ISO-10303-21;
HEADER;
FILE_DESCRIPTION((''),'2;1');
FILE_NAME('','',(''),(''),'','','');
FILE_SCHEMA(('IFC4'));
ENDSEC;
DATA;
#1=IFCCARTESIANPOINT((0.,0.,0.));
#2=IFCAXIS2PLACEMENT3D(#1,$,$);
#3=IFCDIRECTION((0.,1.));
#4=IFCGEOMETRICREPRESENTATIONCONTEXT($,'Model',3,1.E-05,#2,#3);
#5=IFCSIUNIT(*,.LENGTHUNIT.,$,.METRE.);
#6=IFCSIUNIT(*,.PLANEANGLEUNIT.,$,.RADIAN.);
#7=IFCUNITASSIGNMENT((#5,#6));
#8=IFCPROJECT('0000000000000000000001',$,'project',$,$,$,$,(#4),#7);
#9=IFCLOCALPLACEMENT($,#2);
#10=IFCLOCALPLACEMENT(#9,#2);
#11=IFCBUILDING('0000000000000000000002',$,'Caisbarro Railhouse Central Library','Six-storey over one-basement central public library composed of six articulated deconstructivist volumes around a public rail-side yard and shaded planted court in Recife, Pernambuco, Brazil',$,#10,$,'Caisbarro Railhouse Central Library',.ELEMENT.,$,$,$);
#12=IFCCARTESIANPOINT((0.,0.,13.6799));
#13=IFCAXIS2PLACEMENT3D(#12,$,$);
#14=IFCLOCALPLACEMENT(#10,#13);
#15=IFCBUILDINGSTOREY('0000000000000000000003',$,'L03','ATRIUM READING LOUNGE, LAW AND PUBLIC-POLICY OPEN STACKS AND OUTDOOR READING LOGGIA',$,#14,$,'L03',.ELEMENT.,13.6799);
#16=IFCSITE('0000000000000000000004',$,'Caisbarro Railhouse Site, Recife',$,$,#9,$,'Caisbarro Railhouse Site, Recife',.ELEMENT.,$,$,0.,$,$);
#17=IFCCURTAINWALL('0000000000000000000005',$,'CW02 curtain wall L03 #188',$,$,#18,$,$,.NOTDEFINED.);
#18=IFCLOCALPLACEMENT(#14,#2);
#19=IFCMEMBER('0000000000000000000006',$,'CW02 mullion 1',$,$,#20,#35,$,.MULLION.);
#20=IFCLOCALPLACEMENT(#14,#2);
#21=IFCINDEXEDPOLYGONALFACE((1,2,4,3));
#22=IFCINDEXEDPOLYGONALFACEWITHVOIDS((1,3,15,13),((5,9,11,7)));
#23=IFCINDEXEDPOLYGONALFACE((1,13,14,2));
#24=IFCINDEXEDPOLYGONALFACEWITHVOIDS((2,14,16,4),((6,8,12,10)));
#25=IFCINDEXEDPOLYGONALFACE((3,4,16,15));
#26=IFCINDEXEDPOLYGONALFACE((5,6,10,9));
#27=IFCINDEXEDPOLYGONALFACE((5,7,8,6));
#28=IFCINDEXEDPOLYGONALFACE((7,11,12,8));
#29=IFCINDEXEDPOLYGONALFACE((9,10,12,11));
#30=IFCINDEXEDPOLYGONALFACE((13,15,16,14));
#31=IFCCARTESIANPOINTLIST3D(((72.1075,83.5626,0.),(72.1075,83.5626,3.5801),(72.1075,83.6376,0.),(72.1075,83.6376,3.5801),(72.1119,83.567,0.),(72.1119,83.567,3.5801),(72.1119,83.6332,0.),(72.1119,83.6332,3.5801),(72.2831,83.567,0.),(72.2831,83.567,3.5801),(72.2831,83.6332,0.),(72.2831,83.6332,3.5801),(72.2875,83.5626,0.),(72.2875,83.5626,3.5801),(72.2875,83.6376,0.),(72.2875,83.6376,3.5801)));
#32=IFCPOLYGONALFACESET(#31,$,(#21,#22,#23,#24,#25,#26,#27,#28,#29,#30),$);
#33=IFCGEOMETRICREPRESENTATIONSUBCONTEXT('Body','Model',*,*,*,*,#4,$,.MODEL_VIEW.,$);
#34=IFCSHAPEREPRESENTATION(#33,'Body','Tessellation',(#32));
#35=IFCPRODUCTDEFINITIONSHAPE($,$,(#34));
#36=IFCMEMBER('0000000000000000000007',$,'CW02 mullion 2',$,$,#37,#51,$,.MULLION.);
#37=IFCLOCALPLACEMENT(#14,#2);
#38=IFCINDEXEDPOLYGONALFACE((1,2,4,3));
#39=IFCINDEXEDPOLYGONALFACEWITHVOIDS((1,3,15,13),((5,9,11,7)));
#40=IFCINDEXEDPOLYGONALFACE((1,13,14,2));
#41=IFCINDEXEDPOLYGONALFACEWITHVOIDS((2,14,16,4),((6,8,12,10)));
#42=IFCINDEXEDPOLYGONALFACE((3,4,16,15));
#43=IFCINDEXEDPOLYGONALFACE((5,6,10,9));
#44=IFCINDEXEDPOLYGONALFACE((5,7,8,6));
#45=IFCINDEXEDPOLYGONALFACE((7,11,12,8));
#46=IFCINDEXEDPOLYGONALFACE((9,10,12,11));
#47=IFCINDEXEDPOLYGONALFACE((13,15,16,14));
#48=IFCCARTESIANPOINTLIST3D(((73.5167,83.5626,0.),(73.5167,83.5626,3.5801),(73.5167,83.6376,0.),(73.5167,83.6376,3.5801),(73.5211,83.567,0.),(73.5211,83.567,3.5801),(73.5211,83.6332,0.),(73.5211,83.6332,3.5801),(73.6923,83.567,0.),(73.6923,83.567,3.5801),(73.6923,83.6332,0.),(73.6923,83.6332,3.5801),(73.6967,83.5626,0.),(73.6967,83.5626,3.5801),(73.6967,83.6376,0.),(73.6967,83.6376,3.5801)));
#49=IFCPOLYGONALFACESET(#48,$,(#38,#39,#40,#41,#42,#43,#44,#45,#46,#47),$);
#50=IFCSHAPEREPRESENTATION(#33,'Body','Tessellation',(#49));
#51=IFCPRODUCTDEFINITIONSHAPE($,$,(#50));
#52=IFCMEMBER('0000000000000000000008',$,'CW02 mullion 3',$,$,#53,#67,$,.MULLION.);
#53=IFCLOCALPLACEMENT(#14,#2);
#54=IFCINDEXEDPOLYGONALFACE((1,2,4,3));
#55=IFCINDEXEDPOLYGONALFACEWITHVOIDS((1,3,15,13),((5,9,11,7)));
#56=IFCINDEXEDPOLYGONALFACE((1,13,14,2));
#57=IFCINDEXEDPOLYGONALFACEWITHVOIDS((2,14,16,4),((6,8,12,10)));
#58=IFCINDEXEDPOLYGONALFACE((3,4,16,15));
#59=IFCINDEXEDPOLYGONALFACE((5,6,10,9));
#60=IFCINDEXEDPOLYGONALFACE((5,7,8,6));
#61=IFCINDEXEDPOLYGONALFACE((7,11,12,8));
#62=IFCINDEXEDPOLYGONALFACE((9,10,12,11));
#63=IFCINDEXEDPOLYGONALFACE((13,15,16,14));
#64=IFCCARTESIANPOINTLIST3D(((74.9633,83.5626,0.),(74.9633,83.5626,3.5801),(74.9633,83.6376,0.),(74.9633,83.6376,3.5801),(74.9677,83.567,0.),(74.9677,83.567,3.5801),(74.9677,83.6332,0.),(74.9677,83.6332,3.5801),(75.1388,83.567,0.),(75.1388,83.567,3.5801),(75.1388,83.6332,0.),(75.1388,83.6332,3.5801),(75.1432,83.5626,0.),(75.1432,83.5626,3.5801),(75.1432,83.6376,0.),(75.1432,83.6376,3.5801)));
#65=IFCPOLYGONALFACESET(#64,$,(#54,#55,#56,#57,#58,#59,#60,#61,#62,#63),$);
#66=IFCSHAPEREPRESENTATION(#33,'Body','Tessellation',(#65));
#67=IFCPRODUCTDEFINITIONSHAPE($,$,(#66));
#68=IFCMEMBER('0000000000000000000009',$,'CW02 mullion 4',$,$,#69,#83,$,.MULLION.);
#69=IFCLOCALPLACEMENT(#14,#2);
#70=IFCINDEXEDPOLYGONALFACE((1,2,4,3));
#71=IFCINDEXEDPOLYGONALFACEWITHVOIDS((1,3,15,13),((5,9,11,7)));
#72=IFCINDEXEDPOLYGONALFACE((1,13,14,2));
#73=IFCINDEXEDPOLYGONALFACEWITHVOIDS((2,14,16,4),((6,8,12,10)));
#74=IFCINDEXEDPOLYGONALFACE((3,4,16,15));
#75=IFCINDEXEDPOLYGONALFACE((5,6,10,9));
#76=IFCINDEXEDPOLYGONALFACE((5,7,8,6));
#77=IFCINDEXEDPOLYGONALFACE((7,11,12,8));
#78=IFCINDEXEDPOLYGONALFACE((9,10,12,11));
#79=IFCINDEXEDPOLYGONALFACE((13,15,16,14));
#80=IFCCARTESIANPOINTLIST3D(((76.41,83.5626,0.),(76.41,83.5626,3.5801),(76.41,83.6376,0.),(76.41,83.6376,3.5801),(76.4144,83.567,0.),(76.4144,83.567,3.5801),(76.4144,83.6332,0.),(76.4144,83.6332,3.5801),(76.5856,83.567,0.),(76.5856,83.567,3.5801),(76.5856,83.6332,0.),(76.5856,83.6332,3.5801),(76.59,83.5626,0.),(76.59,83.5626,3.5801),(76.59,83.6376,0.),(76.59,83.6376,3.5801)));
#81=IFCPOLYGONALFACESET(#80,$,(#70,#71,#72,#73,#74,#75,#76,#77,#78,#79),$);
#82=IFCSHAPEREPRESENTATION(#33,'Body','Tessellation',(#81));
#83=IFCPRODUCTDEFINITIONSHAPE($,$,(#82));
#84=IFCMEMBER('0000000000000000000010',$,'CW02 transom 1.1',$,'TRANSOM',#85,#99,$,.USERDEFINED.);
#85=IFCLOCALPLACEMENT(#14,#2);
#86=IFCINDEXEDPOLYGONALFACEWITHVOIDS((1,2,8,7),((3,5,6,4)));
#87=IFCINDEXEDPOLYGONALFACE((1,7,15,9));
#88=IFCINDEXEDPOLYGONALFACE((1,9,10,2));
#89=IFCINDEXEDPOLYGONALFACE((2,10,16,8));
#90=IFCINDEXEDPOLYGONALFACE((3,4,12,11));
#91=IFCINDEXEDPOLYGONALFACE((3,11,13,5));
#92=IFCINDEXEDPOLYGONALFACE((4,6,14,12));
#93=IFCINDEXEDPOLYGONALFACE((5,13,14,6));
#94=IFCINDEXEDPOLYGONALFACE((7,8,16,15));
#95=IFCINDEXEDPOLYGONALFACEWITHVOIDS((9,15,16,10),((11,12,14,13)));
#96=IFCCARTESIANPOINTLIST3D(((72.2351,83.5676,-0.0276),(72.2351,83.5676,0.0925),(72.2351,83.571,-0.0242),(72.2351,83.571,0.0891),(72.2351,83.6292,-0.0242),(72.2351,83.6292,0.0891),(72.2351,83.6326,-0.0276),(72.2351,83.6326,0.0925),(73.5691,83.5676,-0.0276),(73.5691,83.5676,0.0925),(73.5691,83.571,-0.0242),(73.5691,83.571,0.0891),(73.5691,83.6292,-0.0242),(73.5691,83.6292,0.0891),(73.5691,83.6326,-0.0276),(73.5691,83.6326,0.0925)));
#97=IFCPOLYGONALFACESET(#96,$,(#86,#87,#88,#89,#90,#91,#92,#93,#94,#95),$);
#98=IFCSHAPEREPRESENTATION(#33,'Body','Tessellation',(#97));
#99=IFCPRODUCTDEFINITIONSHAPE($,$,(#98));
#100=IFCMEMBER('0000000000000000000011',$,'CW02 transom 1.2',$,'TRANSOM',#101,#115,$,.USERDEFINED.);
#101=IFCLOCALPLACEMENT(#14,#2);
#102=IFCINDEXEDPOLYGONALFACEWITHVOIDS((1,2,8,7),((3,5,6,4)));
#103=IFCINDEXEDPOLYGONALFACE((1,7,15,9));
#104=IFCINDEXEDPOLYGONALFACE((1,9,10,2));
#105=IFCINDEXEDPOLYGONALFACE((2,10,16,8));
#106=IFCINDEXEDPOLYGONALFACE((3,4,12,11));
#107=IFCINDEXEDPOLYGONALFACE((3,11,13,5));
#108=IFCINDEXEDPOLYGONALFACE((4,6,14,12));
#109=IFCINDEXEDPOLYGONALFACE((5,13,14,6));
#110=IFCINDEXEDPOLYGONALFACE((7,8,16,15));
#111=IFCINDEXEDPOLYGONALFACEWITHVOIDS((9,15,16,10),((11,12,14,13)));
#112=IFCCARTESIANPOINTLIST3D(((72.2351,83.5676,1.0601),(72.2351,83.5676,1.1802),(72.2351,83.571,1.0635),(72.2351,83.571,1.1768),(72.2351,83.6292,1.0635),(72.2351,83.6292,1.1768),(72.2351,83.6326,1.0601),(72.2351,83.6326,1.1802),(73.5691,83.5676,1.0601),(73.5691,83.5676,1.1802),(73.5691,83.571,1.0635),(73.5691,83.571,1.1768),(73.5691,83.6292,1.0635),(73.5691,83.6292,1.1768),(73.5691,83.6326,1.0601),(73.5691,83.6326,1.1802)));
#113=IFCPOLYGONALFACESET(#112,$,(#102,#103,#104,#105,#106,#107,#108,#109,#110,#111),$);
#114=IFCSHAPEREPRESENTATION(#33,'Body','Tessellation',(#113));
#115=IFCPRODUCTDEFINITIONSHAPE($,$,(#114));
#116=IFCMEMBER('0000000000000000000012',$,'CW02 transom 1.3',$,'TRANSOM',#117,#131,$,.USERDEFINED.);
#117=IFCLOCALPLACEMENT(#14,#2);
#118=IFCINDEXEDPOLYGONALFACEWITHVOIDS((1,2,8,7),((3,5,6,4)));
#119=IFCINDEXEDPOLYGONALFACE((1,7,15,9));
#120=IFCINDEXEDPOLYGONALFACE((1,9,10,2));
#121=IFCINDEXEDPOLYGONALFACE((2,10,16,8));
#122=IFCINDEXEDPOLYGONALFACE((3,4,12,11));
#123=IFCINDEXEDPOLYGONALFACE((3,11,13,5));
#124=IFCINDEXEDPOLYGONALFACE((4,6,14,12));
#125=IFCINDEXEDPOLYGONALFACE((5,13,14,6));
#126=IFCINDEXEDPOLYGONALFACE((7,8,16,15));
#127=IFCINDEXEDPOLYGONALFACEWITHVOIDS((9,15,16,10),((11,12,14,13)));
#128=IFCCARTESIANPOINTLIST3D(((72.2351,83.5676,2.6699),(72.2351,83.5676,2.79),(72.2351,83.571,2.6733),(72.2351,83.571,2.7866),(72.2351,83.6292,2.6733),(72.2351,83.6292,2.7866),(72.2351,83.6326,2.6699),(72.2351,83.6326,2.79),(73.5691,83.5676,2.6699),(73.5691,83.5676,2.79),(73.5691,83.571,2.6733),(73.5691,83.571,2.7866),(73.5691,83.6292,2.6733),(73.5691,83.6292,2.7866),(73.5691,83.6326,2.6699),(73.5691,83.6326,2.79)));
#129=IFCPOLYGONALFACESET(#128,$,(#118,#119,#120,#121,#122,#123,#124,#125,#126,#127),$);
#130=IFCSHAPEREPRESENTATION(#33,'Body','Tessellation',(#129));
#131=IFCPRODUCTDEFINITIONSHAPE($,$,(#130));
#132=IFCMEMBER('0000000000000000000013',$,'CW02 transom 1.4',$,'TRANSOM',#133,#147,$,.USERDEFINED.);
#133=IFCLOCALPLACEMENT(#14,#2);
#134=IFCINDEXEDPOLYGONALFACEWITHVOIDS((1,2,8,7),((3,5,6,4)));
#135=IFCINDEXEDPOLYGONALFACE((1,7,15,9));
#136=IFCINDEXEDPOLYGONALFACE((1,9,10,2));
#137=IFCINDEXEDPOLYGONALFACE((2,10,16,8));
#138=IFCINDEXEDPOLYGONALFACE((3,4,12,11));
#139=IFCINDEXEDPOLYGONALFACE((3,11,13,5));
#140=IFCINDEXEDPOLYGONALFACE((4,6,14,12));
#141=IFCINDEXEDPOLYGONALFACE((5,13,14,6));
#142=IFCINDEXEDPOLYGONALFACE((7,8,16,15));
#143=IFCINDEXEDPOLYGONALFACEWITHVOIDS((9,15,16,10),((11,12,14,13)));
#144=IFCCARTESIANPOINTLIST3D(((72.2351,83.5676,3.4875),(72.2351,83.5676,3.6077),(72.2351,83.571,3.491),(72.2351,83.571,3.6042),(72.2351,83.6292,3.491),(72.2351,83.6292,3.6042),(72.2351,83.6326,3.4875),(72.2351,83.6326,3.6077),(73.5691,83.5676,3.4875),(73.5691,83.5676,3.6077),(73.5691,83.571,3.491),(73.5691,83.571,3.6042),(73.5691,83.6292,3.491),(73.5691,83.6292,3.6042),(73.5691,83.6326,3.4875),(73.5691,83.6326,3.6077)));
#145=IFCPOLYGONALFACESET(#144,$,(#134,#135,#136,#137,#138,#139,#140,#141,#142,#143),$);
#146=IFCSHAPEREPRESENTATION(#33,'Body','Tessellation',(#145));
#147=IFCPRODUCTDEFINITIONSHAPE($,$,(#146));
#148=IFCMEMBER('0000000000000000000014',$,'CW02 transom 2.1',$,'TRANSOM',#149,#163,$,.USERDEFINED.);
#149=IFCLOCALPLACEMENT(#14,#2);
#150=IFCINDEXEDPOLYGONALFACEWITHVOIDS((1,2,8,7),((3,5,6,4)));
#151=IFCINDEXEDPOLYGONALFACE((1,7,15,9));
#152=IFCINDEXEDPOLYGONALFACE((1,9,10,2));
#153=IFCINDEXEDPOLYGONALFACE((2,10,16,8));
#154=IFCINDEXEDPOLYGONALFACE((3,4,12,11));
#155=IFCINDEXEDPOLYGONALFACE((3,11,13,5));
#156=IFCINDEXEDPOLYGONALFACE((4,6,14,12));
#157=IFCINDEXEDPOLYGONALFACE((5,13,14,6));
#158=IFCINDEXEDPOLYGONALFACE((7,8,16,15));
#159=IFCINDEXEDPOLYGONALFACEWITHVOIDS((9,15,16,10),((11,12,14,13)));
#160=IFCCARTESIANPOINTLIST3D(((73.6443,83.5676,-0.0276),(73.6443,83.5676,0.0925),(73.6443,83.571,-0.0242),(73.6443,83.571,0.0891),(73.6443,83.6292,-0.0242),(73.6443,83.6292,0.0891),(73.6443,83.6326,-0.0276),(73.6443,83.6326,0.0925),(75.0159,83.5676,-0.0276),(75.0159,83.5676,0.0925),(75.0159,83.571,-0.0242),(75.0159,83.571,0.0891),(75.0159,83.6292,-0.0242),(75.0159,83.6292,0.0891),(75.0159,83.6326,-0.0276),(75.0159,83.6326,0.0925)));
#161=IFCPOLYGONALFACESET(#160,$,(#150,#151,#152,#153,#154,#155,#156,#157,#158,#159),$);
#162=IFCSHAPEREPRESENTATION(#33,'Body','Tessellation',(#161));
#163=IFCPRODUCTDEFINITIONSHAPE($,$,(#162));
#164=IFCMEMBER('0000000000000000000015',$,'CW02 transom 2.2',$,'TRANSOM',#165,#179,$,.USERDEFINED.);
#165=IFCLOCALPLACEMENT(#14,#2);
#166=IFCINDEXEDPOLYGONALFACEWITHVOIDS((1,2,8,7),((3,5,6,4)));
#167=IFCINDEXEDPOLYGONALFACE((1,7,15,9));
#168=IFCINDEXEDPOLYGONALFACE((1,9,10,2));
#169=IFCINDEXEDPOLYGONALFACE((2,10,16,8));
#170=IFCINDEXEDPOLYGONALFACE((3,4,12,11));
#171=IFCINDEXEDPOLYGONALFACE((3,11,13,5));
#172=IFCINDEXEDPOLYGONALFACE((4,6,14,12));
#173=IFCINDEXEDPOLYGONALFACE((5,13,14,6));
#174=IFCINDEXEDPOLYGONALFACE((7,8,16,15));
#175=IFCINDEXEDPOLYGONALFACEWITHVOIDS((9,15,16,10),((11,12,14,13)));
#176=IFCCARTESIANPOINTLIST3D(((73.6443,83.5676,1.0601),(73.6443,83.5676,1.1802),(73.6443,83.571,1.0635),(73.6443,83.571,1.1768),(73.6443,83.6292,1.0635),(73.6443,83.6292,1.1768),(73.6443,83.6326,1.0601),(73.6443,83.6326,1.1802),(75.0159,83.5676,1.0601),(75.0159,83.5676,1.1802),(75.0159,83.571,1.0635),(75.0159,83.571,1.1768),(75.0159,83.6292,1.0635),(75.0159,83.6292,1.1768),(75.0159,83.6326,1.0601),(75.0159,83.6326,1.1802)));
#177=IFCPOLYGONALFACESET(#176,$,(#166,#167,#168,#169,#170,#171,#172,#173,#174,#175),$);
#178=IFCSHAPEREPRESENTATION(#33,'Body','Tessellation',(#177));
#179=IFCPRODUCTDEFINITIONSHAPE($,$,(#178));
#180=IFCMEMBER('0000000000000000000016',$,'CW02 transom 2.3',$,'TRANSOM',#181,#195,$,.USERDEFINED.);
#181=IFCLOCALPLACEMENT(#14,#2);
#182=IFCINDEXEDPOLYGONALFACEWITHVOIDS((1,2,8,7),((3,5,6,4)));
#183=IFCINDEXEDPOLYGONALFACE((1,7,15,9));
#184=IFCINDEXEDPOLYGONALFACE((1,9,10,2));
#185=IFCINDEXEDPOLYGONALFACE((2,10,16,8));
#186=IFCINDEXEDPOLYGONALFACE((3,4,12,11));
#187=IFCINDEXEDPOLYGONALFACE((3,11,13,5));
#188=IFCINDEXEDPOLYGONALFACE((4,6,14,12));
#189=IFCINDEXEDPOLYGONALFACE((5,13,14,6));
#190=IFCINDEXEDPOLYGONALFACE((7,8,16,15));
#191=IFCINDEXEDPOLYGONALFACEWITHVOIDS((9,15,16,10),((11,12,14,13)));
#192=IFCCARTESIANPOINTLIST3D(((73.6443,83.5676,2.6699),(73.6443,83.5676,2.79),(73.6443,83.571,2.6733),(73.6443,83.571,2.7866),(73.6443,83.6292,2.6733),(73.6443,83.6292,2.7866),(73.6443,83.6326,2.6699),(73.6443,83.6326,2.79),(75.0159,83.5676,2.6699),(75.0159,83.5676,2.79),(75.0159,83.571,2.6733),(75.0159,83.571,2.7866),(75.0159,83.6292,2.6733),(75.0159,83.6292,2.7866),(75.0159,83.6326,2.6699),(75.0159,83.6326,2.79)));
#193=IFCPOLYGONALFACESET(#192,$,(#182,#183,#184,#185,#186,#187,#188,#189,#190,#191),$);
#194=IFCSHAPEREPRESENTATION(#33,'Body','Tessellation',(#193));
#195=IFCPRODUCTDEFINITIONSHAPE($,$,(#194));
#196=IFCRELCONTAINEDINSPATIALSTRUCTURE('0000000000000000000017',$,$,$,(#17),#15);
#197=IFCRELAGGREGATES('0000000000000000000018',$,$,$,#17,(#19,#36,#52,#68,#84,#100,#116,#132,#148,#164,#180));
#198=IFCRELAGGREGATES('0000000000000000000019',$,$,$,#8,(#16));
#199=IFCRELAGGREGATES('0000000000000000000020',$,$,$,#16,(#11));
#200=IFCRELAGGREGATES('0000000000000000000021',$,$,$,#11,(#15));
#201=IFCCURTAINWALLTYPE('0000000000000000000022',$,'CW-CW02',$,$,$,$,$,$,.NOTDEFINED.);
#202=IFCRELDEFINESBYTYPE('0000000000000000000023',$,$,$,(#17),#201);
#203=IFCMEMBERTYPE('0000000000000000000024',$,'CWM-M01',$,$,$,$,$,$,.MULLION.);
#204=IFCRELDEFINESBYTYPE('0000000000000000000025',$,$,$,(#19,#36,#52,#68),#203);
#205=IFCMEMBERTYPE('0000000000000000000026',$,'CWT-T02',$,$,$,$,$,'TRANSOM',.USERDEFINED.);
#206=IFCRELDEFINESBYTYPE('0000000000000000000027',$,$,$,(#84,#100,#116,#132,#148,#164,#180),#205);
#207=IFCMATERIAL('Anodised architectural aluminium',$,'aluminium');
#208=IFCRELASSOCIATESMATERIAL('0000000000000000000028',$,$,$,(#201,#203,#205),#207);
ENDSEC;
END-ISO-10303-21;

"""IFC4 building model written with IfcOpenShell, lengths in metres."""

from ifc_helpers import new_model, si_unit, direction, frame, origin, origin_2d, place, context, subcontext, project, spatial, hollow_rectangle, extrude, material, material_profile, profile_set, type_object, element, aggregate, save


model = new_model("IFC4")

# Units and contexts
model_context = context("Model", 3, precision=1e-05, world=origin(), true_north=direction((0.0, 1.0)))
body_context = subcontext(model_context, "Body", "Model", "MODEL_VIEW")
ifc_project = project(units=[si_unit("LENGTHUNIT", "METRE"), si_unit("PLANEANGLEUNIT", "RADIAN")], contexts=[model_context])

# Site, building, storey
site_placement = place(None, origin())
site = spatial("IfcSite", under=ifc_project, at=site_placement, Name="Caisbarro Railhouse Site, Recife", LongName="Caisbarro Railhouse Site, Recife", CompositionType="ELEMENT", RefElevation=0.0)
building_placement = place(site_placement, origin())
building = spatial("IfcBuilding", under=site, at=building_placement, Name="Caisbarro Railhouse Central Library", Description="Six-storey over one-basement central public library composed of six articulated deconstructivist volumes around a public rail-side yard and shaded planted court in Recife, Pernambuco, Brazil", LongName="Caisbarro Railhouse Central Library", CompositionType="ELEMENT")
storey_placement = place(building_placement, frame((0.0, 0.0, 13.6799)))
storey = spatial("IfcBuildingStorey", under=building, at=storey_placement, Name="L03", Description="ATRIUM READING LOUNGE, LAW AND PUBLIC-POLICY OPEN STACKS AND OUTDOOR READING LOGGIA", LongName="L03", CompositionType="ELEMENT", Elevation=13.6799)

# Curtain wall, members
ifc_material_1 = material(Name="Anodised architectural aluminium", Category="aluminium")
curtain_wall_type = type_object("IfcCurtainWallType", Name="CW-CW02", PredefinedType="NOTDEFINED", material=ifc_material_1)
curtain_wall_placement = place(storey_placement, origin())
curtain_wall = element("IfcCurtainWall", 1, at=curtain_wall_placement, inside=storey, type_object=curtain_wall_type, Name="CW02 curtain wall L03 #188", PredefinedType="NOTDEFINED")
ifc_material_profile_1 = material_profile(ifc_material_1, hollow_rectangle(XDim=0.075, YDim=0.1799, WallThickness=0.0044, at=origin_2d()), Name="ALU-MUL-75X180")
ifc_profile_set_1 = profile_set([ifc_material_profile_1], Name="Anodised architectural aluminium")
member_type_1 = type_object("IfcMemberType", Name="CWM-M01", PredefinedType="MULLION", material=ifc_profile_set_1)
member_1_placement = place(storey_placement, frame((72.1975, 83.6001, 0.0), z_axis=(0.0, 0.0, 1.0), x_axis=(0.0, 1.0, 0.0)))
member_1 = element("IfcMember", 2, at=member_1_placement, type_object=member_type_1, Name="CW02 mullion 1", PredefinedType="MULLION", context=body_context, shape_type="SweptSolid", body=[
    extrude(hollow_rectangle(XDim=0.075, YDim=0.1799, WallThickness=0.0044, at=origin_2d()), origin(), (0.0, 0.0, 1.0), 3.5801),
])
member_2_placement = place(storey_placement, frame((73.6067, 83.6001, 0.0), z_axis=(0.0, 0.0, 1.0), x_axis=(0.0, 1.0, 0.0)))
member_2 = element("IfcMember", 3, at=member_2_placement, type_object=member_type_1, Name="CW02 mullion 2", PredefinedType="MULLION", context=body_context, shape_type="SweptSolid", body=[
    extrude(hollow_rectangle(XDim=0.075, YDim=0.1799, WallThickness=0.0044, at=origin_2d()), origin(), (0.0, 0.0, 1.0), 3.5801),
])
member_3_placement = place(storey_placement, frame((75.0532, 83.6001, 0.0), z_axis=(0.0, 0.0, 1.0), x_axis=(0.0, 1.0, 0.0)))
member_3 = element("IfcMember", 4, at=member_3_placement, type_object=member_type_1, Name="CW02 mullion 3", PredefinedType="MULLION", context=body_context, shape_type="SweptSolid", body=[
    extrude(hollow_rectangle(XDim=0.075, YDim=0.1799, WallThickness=0.0044, at=origin_2d()), origin(), (0.0, 0.0, 1.0), 3.5801),
])
member_4_placement = place(storey_placement, frame((76.5, 83.6001, 0.0), z_axis=(0.0, 0.0, 1.0), x_axis=(0.0, 1.0, 0.0)))
member_4 = element("IfcMember", 5, at=member_4_placement, type_object=member_type_1, Name="CW02 mullion 4", PredefinedType="MULLION", context=body_context, shape_type="SweptSolid", body=[
    extrude(hollow_rectangle(XDim=0.075, YDim=0.1799, WallThickness=0.0044, at=origin_2d()), origin(), (0.0, 0.0, 1.0), 3.5801),
])
ifc_material_profile_2 = material_profile(ifc_material_1, hollow_rectangle(XDim=0.0649, YDim=0.1201, WallThickness=0.0034, at=origin_2d()), Name="ALU-TRN-65X120")
ifc_profile_set_2 = profile_set([ifc_material_profile_2], Name="Anodised architectural aluminium")
member_type_2 = type_object("IfcMemberType", Name="CWT-T02", ElementType="TRANSOM", PredefinedType="USERDEFINED", material=ifc_profile_set_2)
member_5_placement = place(storey_placement, frame((72.2351, 83.6001, 0.0325), z_axis=(1.0, 0.0, 0.0), x_axis=(0.0, 1.0, 0.0)))
member_5 = element("IfcMember", 6, at=member_5_placement, type_object=member_type_2, Name="CW02 transom 1.1", ObjectType="TRANSOM", PredefinedType="USERDEFINED", context=body_context, shape_type="SweptSolid", body=[
    extrude(hollow_rectangle(XDim=0.0649, YDim=0.1201, WallThickness=0.0034, at=origin_2d()), origin(), (0.0, 0.0, 1.0), 1.334),
])
member_6_placement = place(storey_placement, frame((72.2351, 83.6001, 1.1201), z_axis=(1.0, 0.0, 0.0), x_axis=(0.0, 1.0, 0.0)))
member_6 = element("IfcMember", 7, at=member_6_placement, type_object=member_type_2, Name="CW02 transom 1.2", ObjectType="TRANSOM", PredefinedType="USERDEFINED", context=body_context, shape_type="SweptSolid", body=[
    extrude(hollow_rectangle(XDim=0.0649, YDim=0.1201, WallThickness=0.0034, at=origin_2d()), origin(), (0.0, 0.0, 1.0), 1.334),
])
member_7_placement = place(storey_placement, frame((72.2351, 83.6001, 2.73), z_axis=(1.0, 0.0, 0.0), x_axis=(0.0, 1.0, 0.0)))
member_7 = element("IfcMember", 8, at=member_7_placement, type_object=member_type_2, Name="CW02 transom 1.3", ObjectType="TRANSOM", PredefinedType="USERDEFINED", context=body_context, shape_type="SweptSolid", body=[
    extrude(hollow_rectangle(XDim=0.0649, YDim=0.1201, WallThickness=0.0034, at=origin_2d()), origin(), (0.0, 0.0, 1.0), 1.334),
])
member_8_placement = place(storey_placement, frame((72.2351, 83.6001, 3.5476), z_axis=(1.0, 0.0, 0.0), x_axis=(0.0, 1.0, 0.0)))
member_8 = element("IfcMember", 9, at=member_8_placement, type_object=member_type_2, Name="CW02 transom 1.4", ObjectType="TRANSOM", PredefinedType="USERDEFINED", context=body_context, shape_type="SweptSolid", body=[
    extrude(hollow_rectangle(XDim=0.0649, YDim=0.1201, WallThickness=0.0034, at=origin_2d()), origin(), (0.0, 0.0, 1.0), 1.334),
])
member_9_placement = place(storey_placement, frame((73.6443, 83.6001, 0.0325), z_axis=(1.0, 0.0, 0.0), x_axis=(0.0, 1.0, 0.0)))
member_9 = element("IfcMember", 10, at=member_9_placement, type_object=member_type_2, Name="CW02 transom 2.1", ObjectType="TRANSOM", PredefinedType="USERDEFINED", context=body_context, shape_type="SweptSolid", body=[
    extrude(hollow_rectangle(XDim=0.0649, YDim=0.1201, WallThickness=0.0034, at=origin_2d()), origin(), (0.0, 0.0, 1.0), 1.3716),
])
member_10_placement = place(storey_placement, frame((73.6443, 83.6001, 1.1201), z_axis=(1.0, 0.0, 0.0), x_axis=(0.0, 1.0, 0.0)))
member_10 = element("IfcMember", 11, at=member_10_placement, type_object=member_type_2, Name="CW02 transom 2.2", ObjectType="TRANSOM", PredefinedType="USERDEFINED", context=body_context, shape_type="SweptSolid", body=[
    extrude(hollow_rectangle(XDim=0.0649, YDim=0.1201, WallThickness=0.0034, at=origin_2d()), origin(), (0.0, 0.0, 1.0), 1.3716),
])
member_11_placement = place(storey_placement, frame((73.6443, 83.6001, 2.73), z_axis=(1.0, 0.0, 0.0), x_axis=(0.0, 1.0, 0.0)))
member_11 = element("IfcMember", 12, at=member_11_placement, type_object=member_type_2, Name="CW02 transom 2.3", ObjectType="TRANSOM", PredefinedType="USERDEFINED", context=body_context, shape_type="SweptSolid", body=[
    extrude(hollow_rectangle(XDim=0.0649, YDim=0.1201, WallThickness=0.0034, at=origin_2d()), origin(), (0.0, 0.0, 1.0), 1.3716),
])
aggregate(curtain_wall, [member_1, member_2, member_3, member_4, member_5, member_6, member_7, member_8, member_9, member_10, member_11])

save(model, "model.ifc")
